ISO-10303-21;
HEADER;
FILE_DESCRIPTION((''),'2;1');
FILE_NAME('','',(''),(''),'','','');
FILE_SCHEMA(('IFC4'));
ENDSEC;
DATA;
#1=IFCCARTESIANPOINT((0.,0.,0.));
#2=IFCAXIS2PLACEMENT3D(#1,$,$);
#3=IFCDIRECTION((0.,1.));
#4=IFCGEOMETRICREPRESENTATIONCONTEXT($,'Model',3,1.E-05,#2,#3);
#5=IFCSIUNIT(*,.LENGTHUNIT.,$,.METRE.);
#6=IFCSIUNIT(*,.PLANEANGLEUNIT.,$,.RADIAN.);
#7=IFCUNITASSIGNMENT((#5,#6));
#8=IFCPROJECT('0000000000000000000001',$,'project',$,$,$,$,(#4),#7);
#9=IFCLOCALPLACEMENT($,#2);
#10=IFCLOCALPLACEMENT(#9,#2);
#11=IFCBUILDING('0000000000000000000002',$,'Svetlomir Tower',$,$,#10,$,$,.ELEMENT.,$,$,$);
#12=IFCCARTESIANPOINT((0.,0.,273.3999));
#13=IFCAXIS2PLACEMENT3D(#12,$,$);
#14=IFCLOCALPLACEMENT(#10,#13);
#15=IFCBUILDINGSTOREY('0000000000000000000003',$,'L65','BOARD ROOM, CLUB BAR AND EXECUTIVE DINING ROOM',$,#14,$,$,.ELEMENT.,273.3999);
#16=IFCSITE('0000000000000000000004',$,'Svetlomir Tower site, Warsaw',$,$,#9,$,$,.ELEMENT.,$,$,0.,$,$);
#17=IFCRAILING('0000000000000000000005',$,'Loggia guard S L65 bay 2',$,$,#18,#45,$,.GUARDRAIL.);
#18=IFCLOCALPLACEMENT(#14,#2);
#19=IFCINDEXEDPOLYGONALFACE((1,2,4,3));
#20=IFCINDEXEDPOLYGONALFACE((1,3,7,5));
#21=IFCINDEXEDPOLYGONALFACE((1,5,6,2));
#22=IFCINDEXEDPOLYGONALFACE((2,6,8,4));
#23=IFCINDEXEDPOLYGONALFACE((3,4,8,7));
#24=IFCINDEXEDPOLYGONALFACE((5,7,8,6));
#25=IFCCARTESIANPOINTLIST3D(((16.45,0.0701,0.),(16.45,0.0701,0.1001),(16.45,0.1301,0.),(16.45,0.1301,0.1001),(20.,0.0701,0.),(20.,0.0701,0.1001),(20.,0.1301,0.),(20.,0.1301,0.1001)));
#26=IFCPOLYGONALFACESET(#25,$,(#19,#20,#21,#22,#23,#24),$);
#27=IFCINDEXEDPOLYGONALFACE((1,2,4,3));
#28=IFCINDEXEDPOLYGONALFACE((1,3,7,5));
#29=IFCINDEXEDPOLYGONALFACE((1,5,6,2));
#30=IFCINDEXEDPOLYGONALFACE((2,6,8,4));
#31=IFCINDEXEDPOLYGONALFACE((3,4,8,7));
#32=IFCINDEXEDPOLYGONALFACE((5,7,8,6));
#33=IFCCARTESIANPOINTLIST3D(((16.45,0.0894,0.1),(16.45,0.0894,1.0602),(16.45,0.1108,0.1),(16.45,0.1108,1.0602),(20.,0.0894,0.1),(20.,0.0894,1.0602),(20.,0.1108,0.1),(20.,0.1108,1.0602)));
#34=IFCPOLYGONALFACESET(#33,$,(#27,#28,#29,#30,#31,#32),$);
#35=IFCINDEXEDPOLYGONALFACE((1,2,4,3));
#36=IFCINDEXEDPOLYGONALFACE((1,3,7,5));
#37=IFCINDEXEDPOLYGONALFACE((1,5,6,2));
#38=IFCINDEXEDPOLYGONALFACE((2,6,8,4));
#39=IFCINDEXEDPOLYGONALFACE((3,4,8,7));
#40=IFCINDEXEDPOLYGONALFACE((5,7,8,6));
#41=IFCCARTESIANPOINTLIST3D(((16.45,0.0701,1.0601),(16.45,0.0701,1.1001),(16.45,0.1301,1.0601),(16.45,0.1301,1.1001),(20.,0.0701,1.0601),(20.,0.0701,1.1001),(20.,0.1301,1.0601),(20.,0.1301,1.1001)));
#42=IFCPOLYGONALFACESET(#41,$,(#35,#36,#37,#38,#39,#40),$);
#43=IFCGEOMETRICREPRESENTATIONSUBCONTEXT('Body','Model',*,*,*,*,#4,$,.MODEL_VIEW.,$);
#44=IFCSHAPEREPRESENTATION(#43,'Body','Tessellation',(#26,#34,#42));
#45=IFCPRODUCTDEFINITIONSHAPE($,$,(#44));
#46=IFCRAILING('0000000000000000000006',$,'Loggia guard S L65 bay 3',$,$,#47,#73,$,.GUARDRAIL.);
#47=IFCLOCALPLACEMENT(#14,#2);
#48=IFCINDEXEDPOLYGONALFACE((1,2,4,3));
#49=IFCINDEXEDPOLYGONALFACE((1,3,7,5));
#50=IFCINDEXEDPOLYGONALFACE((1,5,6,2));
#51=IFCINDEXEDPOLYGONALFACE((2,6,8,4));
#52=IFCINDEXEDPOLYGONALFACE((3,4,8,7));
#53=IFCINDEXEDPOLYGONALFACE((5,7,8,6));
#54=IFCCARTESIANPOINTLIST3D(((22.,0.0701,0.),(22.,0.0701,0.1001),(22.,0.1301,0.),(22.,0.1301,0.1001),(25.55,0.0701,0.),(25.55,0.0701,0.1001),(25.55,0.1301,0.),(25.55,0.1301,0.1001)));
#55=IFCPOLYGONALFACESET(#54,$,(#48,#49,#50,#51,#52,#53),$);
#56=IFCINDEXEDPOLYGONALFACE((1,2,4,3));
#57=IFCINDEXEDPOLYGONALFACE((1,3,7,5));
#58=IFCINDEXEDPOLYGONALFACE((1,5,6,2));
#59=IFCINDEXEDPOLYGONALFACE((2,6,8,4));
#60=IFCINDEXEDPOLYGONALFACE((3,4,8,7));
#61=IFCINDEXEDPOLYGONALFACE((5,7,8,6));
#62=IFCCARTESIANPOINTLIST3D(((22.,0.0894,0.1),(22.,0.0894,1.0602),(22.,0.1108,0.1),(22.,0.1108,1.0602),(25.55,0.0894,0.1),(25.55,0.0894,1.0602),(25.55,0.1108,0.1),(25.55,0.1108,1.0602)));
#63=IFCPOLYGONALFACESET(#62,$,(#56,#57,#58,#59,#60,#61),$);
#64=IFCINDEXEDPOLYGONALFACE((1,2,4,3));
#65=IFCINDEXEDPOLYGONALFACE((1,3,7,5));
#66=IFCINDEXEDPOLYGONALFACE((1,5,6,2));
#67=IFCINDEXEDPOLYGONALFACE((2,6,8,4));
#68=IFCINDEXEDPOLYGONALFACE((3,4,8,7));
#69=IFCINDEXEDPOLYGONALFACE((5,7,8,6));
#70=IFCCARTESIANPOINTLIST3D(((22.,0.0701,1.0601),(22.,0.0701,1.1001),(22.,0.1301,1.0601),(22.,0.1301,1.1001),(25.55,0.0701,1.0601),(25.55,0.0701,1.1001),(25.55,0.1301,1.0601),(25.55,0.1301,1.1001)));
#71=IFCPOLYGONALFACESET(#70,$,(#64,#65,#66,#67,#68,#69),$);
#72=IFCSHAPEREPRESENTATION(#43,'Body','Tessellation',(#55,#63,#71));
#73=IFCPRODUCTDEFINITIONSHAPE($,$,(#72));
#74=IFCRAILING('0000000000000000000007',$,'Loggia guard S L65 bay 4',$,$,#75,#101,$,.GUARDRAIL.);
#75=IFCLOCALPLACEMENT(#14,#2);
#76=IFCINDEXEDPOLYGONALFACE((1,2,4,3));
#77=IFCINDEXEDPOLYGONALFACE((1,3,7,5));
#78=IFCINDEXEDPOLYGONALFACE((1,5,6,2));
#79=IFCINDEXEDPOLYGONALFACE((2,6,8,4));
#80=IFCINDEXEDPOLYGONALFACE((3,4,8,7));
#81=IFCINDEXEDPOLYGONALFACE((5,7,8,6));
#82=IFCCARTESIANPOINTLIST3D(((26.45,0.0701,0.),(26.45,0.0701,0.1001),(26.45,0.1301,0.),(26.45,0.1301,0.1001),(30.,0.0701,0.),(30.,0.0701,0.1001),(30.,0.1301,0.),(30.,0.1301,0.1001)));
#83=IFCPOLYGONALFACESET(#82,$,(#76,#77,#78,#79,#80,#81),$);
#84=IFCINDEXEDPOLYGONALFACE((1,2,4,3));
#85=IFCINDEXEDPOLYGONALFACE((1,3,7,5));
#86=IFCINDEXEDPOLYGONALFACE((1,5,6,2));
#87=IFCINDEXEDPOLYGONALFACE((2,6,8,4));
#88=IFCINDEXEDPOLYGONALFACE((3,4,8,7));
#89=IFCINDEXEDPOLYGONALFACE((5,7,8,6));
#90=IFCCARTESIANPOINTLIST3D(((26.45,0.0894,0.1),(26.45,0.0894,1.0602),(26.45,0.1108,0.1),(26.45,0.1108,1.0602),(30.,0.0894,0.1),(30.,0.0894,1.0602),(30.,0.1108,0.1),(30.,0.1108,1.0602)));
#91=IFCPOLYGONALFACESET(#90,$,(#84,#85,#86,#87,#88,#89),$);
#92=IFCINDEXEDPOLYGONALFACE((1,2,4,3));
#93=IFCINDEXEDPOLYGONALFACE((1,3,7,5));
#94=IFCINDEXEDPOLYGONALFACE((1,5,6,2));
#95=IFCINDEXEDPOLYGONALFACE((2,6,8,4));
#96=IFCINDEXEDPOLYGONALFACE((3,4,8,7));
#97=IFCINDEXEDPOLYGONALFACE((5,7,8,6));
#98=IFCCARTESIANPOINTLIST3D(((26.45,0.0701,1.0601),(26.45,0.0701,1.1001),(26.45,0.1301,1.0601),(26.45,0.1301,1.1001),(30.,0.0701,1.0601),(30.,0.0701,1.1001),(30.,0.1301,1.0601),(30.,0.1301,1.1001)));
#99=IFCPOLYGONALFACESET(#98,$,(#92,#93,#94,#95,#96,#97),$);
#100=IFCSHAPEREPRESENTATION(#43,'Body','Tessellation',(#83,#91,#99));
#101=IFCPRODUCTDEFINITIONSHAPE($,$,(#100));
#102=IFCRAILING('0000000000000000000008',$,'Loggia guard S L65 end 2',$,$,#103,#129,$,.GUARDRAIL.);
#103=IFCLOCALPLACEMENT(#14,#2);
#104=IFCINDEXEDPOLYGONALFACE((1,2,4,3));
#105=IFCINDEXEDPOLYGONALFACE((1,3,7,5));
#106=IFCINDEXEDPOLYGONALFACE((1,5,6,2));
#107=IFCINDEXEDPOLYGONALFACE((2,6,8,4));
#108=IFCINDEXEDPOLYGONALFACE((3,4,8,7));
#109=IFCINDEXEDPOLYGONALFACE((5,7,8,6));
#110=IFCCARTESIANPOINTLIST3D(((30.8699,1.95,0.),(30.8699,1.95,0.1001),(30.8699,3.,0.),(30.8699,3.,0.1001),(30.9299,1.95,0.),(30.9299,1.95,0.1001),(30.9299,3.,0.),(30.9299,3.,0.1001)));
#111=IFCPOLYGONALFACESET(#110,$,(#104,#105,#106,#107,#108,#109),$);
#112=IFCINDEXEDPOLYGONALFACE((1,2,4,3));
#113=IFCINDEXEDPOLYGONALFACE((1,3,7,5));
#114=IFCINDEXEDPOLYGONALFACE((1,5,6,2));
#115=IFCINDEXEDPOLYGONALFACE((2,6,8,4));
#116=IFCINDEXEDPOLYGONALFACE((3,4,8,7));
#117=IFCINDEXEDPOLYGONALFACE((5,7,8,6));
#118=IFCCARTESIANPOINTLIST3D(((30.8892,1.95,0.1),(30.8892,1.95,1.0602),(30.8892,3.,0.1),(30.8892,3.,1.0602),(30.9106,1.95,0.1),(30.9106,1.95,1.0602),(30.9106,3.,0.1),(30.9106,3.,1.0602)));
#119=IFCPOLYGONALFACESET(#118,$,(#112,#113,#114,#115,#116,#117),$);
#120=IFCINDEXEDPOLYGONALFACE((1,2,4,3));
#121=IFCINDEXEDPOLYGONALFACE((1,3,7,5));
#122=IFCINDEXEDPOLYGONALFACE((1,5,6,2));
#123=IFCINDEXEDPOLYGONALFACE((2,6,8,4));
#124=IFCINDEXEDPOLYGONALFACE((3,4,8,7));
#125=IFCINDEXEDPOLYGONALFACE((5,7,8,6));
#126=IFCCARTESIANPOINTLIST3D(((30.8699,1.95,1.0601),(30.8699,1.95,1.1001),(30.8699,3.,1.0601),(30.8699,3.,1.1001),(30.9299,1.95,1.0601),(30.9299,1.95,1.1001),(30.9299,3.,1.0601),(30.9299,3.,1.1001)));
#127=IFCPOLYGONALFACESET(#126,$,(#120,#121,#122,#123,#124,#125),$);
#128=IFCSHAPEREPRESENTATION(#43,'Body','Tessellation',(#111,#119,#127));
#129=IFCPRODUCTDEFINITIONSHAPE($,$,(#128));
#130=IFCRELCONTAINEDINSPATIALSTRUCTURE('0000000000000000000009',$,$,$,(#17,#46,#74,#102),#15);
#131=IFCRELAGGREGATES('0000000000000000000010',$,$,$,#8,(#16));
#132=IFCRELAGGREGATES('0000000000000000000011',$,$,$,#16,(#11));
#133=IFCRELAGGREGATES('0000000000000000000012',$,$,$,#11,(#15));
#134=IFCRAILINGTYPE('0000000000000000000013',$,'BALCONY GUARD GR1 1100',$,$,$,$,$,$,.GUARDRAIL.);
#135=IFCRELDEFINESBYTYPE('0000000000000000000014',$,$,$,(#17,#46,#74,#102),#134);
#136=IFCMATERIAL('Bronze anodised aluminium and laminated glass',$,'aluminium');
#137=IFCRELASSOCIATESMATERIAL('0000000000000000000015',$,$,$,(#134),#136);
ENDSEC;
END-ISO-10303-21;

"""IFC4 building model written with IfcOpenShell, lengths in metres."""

from ifc_helpers import new_model, si_unit, direction, frame, origin, origin_2d, place, context, subcontext, project, spatial, rectangle, extrude, material, type_object, element, save


model = new_model("IFC4")

# Units and contexts
model_context = context("Model", 3, precision=1e-05, world=origin(), true_north=direction((0.0, 1.0)))
body_context = subcontext(model_context, "Body", "Model", "MODEL_VIEW")
ifc_project = project(units=[si_unit("LENGTHUNIT", "METRE"), si_unit("PLANEANGLEUNIT", "RADIAN")], contexts=[model_context])

# Site, building, storey
site_placement = place(None, origin())
site = spatial("IfcSite", under=ifc_project, at=site_placement, Name="Svetlomir Tower site, Warsaw", CompositionType="ELEMENT", RefElevation=0.0)
building_placement = place(site_placement, origin())
building = spatial("IfcBuilding", under=site, at=building_placement, Name="Svetlomir Tower", CompositionType="ELEMENT")
storey_placement = place(building_placement, frame((0.0, 0.0, 273.3999)))
storey = spatial("IfcBuildingStorey", under=building, at=storey_placement, Name="L65", Description="BOARD ROOM, CLUB BAR AND EXECUTIVE DINING ROOM", CompositionType="ELEMENT", Elevation=273.3999)

# Railings
ifc_material_1 = material(Name="Bronze anodised aluminium and laminated glass", Category="aluminium")
railing_type = type_object("IfcRailingType", Name="BALCONY GUARD GR1 1100", PredefinedType="GUARDRAIL", material=ifc_material_1)
for number, where, name in (
    (1, (16.45, 0.1001, 0.0), "Loggia guard S L65 bay 2"),
    (2, (22.0, 0.1001, 0.0), "Loggia guard S L65 bay 3"),
    (3, (26.45, 0.1001, 0.0), "Loggia guard S L65 bay 4"),
):
    element("IfcRailing", number, at=place(storey_placement, frame(where)), inside=storey, type_object=railing_type, Name=name, PredefinedType="GUARDRAIL", context=body_context, shape_type="SweptSolid", body=[
        extrude(rectangle(XDim=0.0601, YDim=0.1001, at=origin_2d()), frame((0.0, 0.0, 0.05), z_axis=(1.0, 0.0, 0.0), x_axis=(0.0, 1.0, 0.0)), (0.0, 0.0, 1.0), 3.55),
        extrude(rectangle(XDim=0.0215, YDim=0.9602, at=origin_2d()), frame((0.0, 0.0, 0.5801), z_axis=(1.0, 0.0, 0.0), x_axis=(0.0, 1.0, 0.0)), (0.0, 0.0, 1.0), 3.55),
        extrude(rectangle(XDim=0.0601, YDim=0.04, at=origin_2d()), frame((0.0, 0.0, 1.0801), z_axis=(1.0, 0.0, 0.0), x_axis=(0.0, 1.0, 0.0)), (0.0, 0.0, 1.0), 3.55),
    ])
railing_placement = place(storey_placement, frame((30.8999, 1.95, 0.0)))
element("IfcRailing", 4, at=railing_placement, inside=storey, type_object=railing_type, Name="Loggia guard S L65 end 2", PredefinedType="GUARDRAIL", context=body_context, shape_type="SweptSolid", body=[
    extrude(rectangle(XDim=0.0601, YDim=0.1001, at=origin_2d()), frame((0.0, 0.0, 0.05), z_axis=(0.0, 1.0, 0.0), x_axis=(-1.0, 0.0, 0.0)), (0.0, 0.0, 1.0), 1.05),
    extrude(rectangle(XDim=0.0215, YDim=0.9602, at=origin_2d()), frame((0.0, 0.0, 0.5801), z_axis=(0.0, 1.0, 0.0), x_axis=(-1.0, 0.0, 0.0)), (0.0, 0.0, 1.0), 1.05),
    extrude(rectangle(XDim=0.0601, YDim=0.04, at=origin_2d()), frame((0.0, 0.0, 1.0801), z_axis=(0.0, 1.0, 0.0), x_axis=(-1.0, 0.0, 0.0)), (0.0, 0.0, 1.0), 1.05),
])

save(model, "model.ifc")
